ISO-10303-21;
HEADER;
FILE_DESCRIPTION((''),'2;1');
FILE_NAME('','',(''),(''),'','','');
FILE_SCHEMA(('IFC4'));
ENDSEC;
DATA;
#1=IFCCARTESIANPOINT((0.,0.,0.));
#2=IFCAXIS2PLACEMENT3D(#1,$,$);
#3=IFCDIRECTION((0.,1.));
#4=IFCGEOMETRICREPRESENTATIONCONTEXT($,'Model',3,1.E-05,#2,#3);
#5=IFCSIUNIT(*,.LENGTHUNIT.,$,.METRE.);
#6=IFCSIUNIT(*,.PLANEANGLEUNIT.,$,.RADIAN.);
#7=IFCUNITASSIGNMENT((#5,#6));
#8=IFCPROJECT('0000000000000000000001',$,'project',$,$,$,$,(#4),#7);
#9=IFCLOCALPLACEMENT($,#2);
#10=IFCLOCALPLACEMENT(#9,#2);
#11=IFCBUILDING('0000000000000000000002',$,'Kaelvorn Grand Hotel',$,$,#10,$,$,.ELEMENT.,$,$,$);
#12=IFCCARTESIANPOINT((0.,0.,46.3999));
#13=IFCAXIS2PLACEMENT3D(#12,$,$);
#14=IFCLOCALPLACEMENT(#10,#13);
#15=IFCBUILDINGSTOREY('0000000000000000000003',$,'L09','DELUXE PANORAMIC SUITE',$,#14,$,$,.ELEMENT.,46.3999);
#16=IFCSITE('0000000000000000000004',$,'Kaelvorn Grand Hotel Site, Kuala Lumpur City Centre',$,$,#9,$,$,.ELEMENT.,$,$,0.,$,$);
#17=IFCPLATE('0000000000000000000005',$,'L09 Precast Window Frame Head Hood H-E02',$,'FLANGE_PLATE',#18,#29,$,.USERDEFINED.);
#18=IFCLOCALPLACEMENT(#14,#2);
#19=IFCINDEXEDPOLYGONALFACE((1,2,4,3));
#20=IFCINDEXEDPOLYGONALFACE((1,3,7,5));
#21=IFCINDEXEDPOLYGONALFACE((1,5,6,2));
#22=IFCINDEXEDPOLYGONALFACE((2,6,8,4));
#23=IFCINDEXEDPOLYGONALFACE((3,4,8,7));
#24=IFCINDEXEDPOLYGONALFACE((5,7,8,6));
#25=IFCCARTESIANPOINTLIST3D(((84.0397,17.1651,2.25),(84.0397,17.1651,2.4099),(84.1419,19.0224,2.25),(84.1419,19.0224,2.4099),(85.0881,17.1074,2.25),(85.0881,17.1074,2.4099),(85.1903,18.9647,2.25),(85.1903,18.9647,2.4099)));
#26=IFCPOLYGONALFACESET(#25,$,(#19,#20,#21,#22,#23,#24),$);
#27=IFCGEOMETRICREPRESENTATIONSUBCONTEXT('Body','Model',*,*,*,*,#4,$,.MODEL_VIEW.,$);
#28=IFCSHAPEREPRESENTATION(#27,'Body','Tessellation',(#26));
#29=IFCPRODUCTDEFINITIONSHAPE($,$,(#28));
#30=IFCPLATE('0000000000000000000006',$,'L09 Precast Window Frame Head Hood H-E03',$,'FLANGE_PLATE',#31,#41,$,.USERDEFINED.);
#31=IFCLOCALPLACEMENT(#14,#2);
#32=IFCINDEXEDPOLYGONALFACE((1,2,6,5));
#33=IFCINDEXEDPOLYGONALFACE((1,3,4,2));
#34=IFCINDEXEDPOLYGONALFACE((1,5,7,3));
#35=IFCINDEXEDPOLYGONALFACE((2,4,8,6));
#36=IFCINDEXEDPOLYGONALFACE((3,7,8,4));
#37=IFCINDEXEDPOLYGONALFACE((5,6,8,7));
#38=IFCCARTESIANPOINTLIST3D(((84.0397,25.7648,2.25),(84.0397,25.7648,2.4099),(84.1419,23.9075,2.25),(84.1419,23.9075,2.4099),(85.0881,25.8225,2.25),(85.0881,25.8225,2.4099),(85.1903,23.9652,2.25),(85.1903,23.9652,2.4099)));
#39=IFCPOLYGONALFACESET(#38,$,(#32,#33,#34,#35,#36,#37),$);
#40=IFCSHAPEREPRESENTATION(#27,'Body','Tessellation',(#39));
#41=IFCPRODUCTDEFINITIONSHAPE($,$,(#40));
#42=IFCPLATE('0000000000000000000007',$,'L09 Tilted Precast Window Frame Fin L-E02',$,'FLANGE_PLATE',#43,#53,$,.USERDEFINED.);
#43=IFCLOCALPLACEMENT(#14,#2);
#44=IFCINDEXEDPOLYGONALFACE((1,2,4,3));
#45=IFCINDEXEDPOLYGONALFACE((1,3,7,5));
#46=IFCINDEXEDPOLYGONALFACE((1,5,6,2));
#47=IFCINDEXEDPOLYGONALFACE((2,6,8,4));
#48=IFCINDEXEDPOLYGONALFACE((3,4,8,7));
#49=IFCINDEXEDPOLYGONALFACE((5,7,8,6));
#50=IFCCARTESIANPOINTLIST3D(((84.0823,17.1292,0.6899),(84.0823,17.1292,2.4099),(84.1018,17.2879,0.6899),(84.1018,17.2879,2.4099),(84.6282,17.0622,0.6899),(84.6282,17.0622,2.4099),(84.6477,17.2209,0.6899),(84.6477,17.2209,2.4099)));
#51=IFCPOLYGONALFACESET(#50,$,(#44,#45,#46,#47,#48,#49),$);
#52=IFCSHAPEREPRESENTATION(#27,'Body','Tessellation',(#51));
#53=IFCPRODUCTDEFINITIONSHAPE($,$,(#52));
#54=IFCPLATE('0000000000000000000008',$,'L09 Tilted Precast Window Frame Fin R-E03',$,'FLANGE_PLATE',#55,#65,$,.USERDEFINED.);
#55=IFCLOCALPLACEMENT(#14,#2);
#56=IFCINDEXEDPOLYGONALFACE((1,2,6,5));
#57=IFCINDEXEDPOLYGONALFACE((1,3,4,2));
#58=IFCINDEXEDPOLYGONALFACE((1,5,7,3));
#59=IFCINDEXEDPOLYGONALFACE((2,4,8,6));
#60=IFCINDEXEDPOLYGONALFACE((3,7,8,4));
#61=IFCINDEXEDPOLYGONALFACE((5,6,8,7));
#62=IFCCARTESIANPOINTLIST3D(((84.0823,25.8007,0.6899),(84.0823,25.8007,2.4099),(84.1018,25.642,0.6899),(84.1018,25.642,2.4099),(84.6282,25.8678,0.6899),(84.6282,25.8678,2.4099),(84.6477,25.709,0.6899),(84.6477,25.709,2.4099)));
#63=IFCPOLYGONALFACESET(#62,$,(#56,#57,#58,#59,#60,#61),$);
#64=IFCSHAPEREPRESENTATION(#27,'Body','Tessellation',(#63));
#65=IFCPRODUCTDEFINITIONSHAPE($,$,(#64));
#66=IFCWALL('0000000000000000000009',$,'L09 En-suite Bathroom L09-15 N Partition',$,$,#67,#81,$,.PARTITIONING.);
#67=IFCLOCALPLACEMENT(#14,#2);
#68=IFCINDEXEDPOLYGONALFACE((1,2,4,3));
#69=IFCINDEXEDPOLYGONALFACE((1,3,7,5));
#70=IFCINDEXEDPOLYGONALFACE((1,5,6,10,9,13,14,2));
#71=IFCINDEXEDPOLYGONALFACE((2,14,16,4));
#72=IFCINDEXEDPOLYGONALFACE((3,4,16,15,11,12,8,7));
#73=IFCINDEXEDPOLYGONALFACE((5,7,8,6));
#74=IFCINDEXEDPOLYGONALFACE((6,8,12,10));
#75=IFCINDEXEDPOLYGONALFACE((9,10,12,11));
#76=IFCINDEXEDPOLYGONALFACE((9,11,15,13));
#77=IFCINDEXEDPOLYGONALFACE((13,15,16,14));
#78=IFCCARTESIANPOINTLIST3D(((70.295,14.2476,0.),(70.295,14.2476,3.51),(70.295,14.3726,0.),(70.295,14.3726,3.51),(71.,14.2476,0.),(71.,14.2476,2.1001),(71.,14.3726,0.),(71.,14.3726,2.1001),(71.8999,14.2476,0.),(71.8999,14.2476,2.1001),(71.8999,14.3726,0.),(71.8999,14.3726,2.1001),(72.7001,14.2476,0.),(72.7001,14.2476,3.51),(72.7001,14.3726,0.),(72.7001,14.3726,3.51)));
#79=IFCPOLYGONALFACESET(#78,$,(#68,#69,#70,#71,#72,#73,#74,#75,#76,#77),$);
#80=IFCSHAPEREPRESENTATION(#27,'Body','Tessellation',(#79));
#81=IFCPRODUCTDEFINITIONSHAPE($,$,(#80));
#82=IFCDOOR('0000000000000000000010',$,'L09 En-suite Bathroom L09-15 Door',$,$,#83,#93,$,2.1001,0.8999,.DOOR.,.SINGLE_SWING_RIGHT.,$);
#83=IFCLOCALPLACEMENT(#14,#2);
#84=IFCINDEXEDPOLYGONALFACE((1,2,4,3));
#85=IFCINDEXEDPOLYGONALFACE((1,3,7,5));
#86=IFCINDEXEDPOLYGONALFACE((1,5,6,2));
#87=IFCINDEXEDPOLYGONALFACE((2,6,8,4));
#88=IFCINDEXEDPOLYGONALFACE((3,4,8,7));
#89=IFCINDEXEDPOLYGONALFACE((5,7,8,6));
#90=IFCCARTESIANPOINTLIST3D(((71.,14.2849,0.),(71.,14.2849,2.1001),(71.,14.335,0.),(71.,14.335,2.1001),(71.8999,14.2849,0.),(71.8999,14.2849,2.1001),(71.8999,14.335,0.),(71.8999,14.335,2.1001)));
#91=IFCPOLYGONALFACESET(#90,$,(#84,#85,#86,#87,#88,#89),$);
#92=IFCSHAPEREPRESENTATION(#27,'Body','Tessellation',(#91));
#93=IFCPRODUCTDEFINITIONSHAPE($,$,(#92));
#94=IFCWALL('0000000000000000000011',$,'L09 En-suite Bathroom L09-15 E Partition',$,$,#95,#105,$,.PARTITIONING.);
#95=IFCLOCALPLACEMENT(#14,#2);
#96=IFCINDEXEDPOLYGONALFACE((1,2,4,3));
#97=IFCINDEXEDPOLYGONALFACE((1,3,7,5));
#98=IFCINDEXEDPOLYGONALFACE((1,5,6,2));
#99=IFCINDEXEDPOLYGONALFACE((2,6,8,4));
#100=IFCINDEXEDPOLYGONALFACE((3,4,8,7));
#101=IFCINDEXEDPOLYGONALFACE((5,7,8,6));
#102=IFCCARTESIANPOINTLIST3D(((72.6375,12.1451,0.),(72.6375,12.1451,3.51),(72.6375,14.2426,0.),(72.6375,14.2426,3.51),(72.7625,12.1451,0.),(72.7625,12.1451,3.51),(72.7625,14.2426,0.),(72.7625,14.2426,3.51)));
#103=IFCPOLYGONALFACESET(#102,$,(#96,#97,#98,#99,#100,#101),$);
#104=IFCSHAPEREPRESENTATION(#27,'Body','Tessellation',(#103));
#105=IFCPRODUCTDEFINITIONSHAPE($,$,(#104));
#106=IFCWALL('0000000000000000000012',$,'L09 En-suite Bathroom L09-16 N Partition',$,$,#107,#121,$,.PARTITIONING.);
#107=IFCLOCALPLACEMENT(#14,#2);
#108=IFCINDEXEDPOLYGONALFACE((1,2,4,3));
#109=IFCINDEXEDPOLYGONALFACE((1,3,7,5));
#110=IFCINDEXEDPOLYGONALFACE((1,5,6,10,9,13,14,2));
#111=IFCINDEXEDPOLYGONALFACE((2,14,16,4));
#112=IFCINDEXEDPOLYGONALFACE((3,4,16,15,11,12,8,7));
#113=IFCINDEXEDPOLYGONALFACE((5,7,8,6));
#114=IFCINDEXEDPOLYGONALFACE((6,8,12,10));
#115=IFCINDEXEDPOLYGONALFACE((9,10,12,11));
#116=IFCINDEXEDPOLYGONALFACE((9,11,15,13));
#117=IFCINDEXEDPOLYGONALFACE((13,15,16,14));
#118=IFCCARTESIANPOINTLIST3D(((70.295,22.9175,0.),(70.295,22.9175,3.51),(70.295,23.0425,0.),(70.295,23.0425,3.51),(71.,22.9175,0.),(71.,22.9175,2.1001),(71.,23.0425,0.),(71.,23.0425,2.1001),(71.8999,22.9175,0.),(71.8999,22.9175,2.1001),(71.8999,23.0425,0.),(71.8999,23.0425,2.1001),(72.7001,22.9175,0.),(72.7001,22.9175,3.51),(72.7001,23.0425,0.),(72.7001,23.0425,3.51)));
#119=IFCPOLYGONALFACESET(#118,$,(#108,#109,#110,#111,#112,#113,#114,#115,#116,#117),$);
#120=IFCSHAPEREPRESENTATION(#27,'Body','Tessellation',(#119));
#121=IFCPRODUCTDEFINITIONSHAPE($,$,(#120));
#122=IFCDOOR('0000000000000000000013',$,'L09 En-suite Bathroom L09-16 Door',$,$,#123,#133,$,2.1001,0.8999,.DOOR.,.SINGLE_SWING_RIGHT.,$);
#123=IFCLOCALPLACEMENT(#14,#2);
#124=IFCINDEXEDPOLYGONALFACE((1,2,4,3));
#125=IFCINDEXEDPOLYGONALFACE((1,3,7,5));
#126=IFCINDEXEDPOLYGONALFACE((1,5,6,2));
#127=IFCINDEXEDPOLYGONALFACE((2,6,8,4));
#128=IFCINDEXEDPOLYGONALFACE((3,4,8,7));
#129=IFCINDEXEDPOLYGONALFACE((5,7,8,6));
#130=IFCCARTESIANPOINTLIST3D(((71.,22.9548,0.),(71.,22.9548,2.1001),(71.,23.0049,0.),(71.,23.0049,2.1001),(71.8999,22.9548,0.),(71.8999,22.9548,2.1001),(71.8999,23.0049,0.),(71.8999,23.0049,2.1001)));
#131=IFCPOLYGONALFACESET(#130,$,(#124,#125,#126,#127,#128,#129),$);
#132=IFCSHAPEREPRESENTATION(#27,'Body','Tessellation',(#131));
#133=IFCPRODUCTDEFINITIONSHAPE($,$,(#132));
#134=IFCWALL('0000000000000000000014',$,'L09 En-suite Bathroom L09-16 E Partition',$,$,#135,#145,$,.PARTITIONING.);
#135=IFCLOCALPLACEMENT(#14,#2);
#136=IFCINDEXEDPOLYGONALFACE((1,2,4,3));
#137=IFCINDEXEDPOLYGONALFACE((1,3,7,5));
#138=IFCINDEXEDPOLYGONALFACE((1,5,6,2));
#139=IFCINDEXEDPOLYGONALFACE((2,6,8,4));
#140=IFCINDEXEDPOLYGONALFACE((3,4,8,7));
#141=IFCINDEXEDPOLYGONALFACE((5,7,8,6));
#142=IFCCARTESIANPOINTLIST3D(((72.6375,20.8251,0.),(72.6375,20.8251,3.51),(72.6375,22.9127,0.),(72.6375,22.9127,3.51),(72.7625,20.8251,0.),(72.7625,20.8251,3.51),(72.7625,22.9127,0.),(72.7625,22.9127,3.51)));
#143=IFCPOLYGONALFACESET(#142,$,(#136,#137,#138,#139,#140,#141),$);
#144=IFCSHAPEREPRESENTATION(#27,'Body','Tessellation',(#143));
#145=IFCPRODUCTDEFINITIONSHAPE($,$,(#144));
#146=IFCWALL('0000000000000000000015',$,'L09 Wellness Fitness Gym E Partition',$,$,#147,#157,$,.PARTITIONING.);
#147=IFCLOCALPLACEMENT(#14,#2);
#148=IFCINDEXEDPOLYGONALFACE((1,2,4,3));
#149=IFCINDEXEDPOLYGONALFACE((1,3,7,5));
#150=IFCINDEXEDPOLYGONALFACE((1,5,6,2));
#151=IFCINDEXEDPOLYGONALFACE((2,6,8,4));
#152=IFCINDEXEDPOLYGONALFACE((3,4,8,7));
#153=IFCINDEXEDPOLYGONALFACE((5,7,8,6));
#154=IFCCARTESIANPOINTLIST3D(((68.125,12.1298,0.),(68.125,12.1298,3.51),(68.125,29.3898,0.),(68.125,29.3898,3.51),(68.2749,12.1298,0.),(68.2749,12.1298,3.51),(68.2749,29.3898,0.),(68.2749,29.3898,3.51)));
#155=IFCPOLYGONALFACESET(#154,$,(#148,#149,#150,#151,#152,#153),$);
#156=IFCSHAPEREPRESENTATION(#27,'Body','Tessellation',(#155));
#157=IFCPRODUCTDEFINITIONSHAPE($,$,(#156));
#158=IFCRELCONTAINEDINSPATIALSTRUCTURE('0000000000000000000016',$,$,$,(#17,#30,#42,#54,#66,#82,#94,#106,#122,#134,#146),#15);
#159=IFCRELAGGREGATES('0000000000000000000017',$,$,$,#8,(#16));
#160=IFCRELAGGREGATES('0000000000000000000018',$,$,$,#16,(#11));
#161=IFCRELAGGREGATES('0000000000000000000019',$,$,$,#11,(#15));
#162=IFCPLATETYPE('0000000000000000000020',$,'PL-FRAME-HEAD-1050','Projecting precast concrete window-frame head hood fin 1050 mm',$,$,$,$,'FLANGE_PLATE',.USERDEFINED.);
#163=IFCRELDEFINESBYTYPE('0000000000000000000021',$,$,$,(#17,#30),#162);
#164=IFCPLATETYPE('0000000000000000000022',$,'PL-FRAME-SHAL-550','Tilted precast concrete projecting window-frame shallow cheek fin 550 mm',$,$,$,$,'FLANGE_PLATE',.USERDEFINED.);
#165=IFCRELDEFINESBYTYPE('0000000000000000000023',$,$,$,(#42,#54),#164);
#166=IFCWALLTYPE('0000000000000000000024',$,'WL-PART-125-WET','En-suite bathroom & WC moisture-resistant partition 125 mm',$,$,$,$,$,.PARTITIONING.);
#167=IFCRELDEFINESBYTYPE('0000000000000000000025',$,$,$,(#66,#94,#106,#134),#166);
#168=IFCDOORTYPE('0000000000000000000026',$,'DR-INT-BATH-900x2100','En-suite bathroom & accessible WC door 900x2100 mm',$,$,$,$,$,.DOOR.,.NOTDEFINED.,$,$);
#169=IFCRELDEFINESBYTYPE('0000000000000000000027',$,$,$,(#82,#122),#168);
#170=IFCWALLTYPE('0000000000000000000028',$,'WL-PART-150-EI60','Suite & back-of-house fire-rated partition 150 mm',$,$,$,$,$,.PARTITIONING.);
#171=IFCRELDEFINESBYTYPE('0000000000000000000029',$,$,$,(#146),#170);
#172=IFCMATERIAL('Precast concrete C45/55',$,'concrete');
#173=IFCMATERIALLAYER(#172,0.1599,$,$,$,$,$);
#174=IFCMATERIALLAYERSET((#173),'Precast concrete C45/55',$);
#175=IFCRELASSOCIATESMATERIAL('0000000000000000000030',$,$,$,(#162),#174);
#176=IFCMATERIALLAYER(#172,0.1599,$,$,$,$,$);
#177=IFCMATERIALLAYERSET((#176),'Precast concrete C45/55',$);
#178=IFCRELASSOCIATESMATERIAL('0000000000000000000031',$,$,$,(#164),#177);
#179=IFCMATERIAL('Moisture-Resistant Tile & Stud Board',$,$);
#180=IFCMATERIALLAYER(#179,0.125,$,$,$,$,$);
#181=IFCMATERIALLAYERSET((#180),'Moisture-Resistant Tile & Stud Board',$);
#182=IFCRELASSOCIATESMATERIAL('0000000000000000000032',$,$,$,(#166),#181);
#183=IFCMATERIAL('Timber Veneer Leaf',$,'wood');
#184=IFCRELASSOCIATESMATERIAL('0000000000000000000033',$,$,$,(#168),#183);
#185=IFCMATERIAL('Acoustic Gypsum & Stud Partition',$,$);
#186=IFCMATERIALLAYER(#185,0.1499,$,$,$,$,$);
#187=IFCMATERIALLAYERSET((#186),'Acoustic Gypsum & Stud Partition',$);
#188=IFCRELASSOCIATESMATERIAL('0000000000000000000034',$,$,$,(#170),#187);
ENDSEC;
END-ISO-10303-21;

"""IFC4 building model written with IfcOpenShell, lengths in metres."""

from ifc_helpers import new_model, si_unit, direction, frame, frame_2d, origin, origin_2d, place, context, subcontext, project, spatial, rectangle, extrude, material, layer, layer_set, type_object, element, fill, save


model = new_model("IFC4")

# Units and contexts
model_context = context("Model", 3, precision=1e-05, world=origin(), true_north=direction((0.0, 1.0)))
body_context = subcontext(model_context, "Body", "Model", "MODEL_VIEW")
ifc_project = project(units=[si_unit("LENGTHUNIT", "METRE"), si_unit("PLANEANGLEUNIT", "RADIAN")], contexts=[model_context])

# Site, building, storey
site_placement = place(None, origin())
site = spatial("IfcSite", under=ifc_project, at=site_placement, Name="Kaelvorn Grand Hotel Site, Kuala Lumpur City Centre", CompositionType="ELEMENT", RefElevation=0.0)
building_placement = place(site_placement, origin())
building = spatial("IfcBuilding", under=site, at=building_placement, Name="Kaelvorn Grand Hotel", CompositionType="ELEMENT")
storey_placement = place(building_placement, frame((0.0, 0.0, 46.3999)))
storey = spatial("IfcBuildingStorey", under=building, at=storey_placement, Name="L09", Description="DELUXE PANORAMIC SUITE", CompositionType="ELEMENT", Elevation=46.3999)

# Plates
ifc_material_1 = material(Name="Precast concrete C45/55", Category="concrete")
ifc_layer_1 = layer(ifc_material_1, 0.1599)
ifc_layer_set_1 = layer_set([ifc_layer_1], Name="Precast concrete C45/55")
plate_type_1 = type_object("IfcPlateType", Name="PL-FRAME-HEAD-1050", Description="Projecting precast concrete window-frame head hood fin 1050 mm", ElementType="FLANGE_PLATE", PredefinedType="USERDEFINED", material=ifc_layer_set_1)
for number, where, z_axis, x_axis, name in (
    (1, (84.615, 18.0649, 2.25), (0.0, 0.0, 1.0), (0.05495, 0.998489, 0.0), "L09 Precast Window Frame Head Hood H-E02"),
    (2, (84.615, 24.865, 2.25), (0.0, 0.0, 1.0), (-0.05495, 0.998489, 0.0), "L09 Precast Window Frame Head Hood H-E03"),
):
    element("IfcPlate", number, at=place(storey_placement, frame(where, z_axis=z_axis, x_axis=x_axis)), inside=storey, type_object=plate_type_1, Name=name, ObjectType="FLANGE_PLATE", PredefinedType="USERDEFINED", context=body_context, shape_type="SweptSolid", body=[
        extrude(rectangle(XDim=1.8601, YDim=1.05, at=origin_2d()), origin(), (0.0, 0.0, 1.0), 0.1599),
    ])
ifc_layer_2 = layer(ifc_material_1, 0.1599)
ifc_layer_set_2 = layer_set([ifc_layer_2], Name="Precast concrete C45/55")
plate_type_2 = type_object("IfcPlateType", Name="PL-FRAME-SHAL-550", Description="Tilted precast concrete projecting window-frame shallow cheek fin 550 mm", ElementType="FLANGE_PLATE", PredefinedType="USERDEFINED", material=ifc_layer_set_2)
for number, where, z_axis, x_axis, name in (
    (3, (84.365, 17.175, 0.6899), (0.0, 0.0, 1.0), (0.121869, 0.992546, 0.0), "L09 Tilted Precast Window Frame Fin L-E02"),
    (4, (84.365, 25.7549, 0.6899), (0.0, 0.0, 1.0), (-0.121869, 0.992546, 0.0), "L09 Tilted Precast Window Frame Fin R-E03"),
):
    element("IfcPlate", number, at=place(storey_placement, frame(where, z_axis=z_axis, x_axis=x_axis)), inside=storey, type_object=plate_type_2, Name=name, ObjectType="FLANGE_PLATE", PredefinedType="USERDEFINED", context=body_context, shape_type="SweptSolid", body=[
        extrude(rectangle(XDim=0.1599, YDim=0.55, at=origin_2d()), origin(), (0.0, 0.0, 1.0), 1.72),
    ])

# Wall, opening, door
ifc_material_2 = material(Name="Moisture-Resistant Tile & Stud Board")
ifc_layer_3 = layer(ifc_material_2, 0.125)
ifc_layer_set_3 = layer_set([ifc_layer_3], Name="Moisture-Resistant Tile & Stud Board")
wall_type_1 = type_object("IfcWallType", Name="WL-PART-125-WET", Description="En-suite bathroom & WC moisture-resistant partition 125 mm", PredefinedType="PARTITIONING", material=ifc_layer_set_3)
wall_1_placement = place(storey_placement, frame((70.2949, 14.3101, 0.0), z_axis=(0.0, 0.0, 1.0), x_axis=(1.0, 0.0, 0.0)))
wall_1 = element("IfcWall", 5, at=wall_1_placement, inside=storey, type_object=wall_type_1, Name="L09 En-suite Bathroom L09-15 N Partition", PredefinedType="PARTITIONING", context=body_context, shape_type="SweptSolid", body=[
    extrude(rectangle(XDim=2.405, YDim=0.125, at=frame_2d((1.2026, 0.0))), origin(), (0.0, 0.0, 1.0), 3.51),
])
opening_1_placement = place(wall_1_placement, frame((0.7051, 0.0, 0.0)))
opening_1 = element("IfcOpeningElement", 6, at=opening_1_placement, cuts=wall_1, PredefinedType="OPENING", context=body_context, shape_type="SweptSolid", body=[
    extrude(rectangle(XDim=0.8999, YDim=2.1001, at=frame_2d((0.45, 1.05))), frame((0.0, 0.0725, 0.0), z_axis=(0.0, -1.0, 0.0), x_axis=(1.0, 0.0, 0.0)), (0.0, 0.0, 1.0), 0.145),
])
ifc_material_3 = material(Name="Timber Veneer Leaf", Category="wood")
door_type_1 = type_object("IfcDoorType", Name="DR-INT-BATH-900x2100", Description="En-suite bathroom & accessible WC door 900x2100 mm", OperationType="NOTDEFINED", PredefinedType="DOOR", material=ifc_material_3)
door_1_placement = place(opening_1_placement, origin())
door_1 = element("IfcDoor", 7, at=door_1_placement, inside=storey, type_object=door_type_1, Name="L09 En-suite Bathroom L09-15 Door", OperationType="SINGLE_SWING_RIGHT", OverallHeight=2.1001, OverallWidth=0.8999, PredefinedType="DOOR", context=body_context, shape_type="SweptSolid", body=[
    extrude(rectangle(XDim=0.8999, YDim=2.1001, at=frame_2d((0.45, 1.05))), frame((0.0, 0.0249, 0.0), z_axis=(0.0, -1.0, 0.0), x_axis=(1.0, 0.0, 0.0)), (0.0, 0.0, 1.0), 0.05),
])
fill(opening_1, door_1)

# Wall
wall_2_placement = place(storey_placement, frame((72.7, 12.145, 0.0), z_axis=(0.0, 0.0, 1.0), x_axis=(0.0, 1.0, 0.0)))
element("IfcWall", 8, at=wall_2_placement, inside=storey, type_object=wall_type_1, Name="L09 En-suite Bathroom L09-15 E Partition", PredefinedType="PARTITIONING", context=body_context, shape_type="SweptSolid", body=[
    extrude(rectangle(XDim=2.0974, YDim=0.125, at=frame_2d((1.0488, 0.0))), origin(), (0.0, 0.0, 1.0), 3.51),
])

# Wall, opening, door
wall_3_placement = place(storey_placement, frame((70.2949, 22.98, 0.0), z_axis=(0.0, 0.0, 1.0), x_axis=(1.0, 0.0, 0.0)))
wall_3 = element("IfcWall", 9, at=wall_3_placement, inside=storey, type_object=wall_type_1, Name="L09 En-suite Bathroom L09-16 N Partition", PredefinedType="PARTITIONING", context=body_context, shape_type="SweptSolid", body=[
    extrude(rectangle(XDim=2.405, YDim=0.125, at=frame_2d((1.2026, 0.0))), origin(), (0.0, 0.0, 1.0), 3.51),
])
opening_2_placement = place(wall_3_placement, frame((0.7051, 0.0, 0.0)))
opening_2 = element("IfcOpeningElement", 10, at=opening_2_placement, cuts=wall_3, PredefinedType="OPENING", context=body_context, shape_type="SweptSolid", body=[
    extrude(rectangle(XDim=0.8999, YDim=2.1001, at=frame_2d((0.45, 1.05))), frame((0.0, 0.0725, 0.0), z_axis=(0.0, -1.0, 0.0), x_axis=(1.0, 0.0, 0.0)), (0.0, 0.0, 1.0), 0.145),
])
door_2_placement = place(opening_2_placement, origin())
door_2 = element("IfcDoor", 11, at=door_2_placement, inside=storey, type_object=door_type_1, Name="L09 En-suite Bathroom L09-16 Door", OperationType="SINGLE_SWING_RIGHT", OverallHeight=2.1001, OverallWidth=0.8999, PredefinedType="DOOR", context=body_context, shape_type="SweptSolid", body=[
    extrude(rectangle(XDim=0.8999, YDim=2.1001, at=frame_2d((0.45, 1.05))), frame((0.0, 0.0249, 0.0), z_axis=(0.0, -1.0, 0.0), x_axis=(1.0, 0.0, 0.0)), (0.0, 0.0, 1.0), 0.05),
])
fill(opening_2, door_2)

# Walls
wall_4_placement = place(storey_placement, frame((72.7, 20.825, 0.0), z_axis=(0.0, 0.0, 1.0), x_axis=(0.0, 1.0, 0.0)))
element("IfcWall", 12, at=wall_4_placement, inside=storey, type_object=wall_type_1, Name="L09 En-suite Bathroom L09-16 E Partition", PredefinedType="PARTITIONING", context=body_context, shape_type="SweptSolid", body=[
    extrude(rectangle(XDim=2.0876, YDim=0.125, at=frame_2d((1.0439, 0.0))), origin(), (0.0, 0.0, 1.0), 3.51),
])
ifc_material_4 = material(Name="Acoustic Gypsum & Stud Partition")
ifc_layer_4 = layer(ifc_material_4, 0.1499)
ifc_layer_set_4 = layer_set([ifc_layer_4], Name="Acoustic Gypsum & Stud Partition")
wall_type_2 = type_object("IfcWallType", Name="WL-PART-150-EI60", Description="Suite & back-of-house fire-rated partition 150 mm", PredefinedType="PARTITIONING", material=ifc_layer_set_4)
wall_5_placement = place(storey_placement, frame((68.2, 12.1299, 0.0), z_axis=(0.0, 0.0, 1.0), x_axis=(0.0, 1.0, 0.0)))
element("IfcWall", 13, at=wall_5_placement, inside=storey, type_object=wall_type_2, Name="L09 Wellness Fitness Gym E Partition", PredefinedType="PARTITIONING", context=body_context, shape_type="SweptSolid", body=[
    extrude(rectangle(XDim=17.26, YDim=0.1499, at=frame_2d((8.6299, 0.0))), origin(), (0.0, 0.0, 1.0), 3.51),
])

save(model, "model.ifc")
